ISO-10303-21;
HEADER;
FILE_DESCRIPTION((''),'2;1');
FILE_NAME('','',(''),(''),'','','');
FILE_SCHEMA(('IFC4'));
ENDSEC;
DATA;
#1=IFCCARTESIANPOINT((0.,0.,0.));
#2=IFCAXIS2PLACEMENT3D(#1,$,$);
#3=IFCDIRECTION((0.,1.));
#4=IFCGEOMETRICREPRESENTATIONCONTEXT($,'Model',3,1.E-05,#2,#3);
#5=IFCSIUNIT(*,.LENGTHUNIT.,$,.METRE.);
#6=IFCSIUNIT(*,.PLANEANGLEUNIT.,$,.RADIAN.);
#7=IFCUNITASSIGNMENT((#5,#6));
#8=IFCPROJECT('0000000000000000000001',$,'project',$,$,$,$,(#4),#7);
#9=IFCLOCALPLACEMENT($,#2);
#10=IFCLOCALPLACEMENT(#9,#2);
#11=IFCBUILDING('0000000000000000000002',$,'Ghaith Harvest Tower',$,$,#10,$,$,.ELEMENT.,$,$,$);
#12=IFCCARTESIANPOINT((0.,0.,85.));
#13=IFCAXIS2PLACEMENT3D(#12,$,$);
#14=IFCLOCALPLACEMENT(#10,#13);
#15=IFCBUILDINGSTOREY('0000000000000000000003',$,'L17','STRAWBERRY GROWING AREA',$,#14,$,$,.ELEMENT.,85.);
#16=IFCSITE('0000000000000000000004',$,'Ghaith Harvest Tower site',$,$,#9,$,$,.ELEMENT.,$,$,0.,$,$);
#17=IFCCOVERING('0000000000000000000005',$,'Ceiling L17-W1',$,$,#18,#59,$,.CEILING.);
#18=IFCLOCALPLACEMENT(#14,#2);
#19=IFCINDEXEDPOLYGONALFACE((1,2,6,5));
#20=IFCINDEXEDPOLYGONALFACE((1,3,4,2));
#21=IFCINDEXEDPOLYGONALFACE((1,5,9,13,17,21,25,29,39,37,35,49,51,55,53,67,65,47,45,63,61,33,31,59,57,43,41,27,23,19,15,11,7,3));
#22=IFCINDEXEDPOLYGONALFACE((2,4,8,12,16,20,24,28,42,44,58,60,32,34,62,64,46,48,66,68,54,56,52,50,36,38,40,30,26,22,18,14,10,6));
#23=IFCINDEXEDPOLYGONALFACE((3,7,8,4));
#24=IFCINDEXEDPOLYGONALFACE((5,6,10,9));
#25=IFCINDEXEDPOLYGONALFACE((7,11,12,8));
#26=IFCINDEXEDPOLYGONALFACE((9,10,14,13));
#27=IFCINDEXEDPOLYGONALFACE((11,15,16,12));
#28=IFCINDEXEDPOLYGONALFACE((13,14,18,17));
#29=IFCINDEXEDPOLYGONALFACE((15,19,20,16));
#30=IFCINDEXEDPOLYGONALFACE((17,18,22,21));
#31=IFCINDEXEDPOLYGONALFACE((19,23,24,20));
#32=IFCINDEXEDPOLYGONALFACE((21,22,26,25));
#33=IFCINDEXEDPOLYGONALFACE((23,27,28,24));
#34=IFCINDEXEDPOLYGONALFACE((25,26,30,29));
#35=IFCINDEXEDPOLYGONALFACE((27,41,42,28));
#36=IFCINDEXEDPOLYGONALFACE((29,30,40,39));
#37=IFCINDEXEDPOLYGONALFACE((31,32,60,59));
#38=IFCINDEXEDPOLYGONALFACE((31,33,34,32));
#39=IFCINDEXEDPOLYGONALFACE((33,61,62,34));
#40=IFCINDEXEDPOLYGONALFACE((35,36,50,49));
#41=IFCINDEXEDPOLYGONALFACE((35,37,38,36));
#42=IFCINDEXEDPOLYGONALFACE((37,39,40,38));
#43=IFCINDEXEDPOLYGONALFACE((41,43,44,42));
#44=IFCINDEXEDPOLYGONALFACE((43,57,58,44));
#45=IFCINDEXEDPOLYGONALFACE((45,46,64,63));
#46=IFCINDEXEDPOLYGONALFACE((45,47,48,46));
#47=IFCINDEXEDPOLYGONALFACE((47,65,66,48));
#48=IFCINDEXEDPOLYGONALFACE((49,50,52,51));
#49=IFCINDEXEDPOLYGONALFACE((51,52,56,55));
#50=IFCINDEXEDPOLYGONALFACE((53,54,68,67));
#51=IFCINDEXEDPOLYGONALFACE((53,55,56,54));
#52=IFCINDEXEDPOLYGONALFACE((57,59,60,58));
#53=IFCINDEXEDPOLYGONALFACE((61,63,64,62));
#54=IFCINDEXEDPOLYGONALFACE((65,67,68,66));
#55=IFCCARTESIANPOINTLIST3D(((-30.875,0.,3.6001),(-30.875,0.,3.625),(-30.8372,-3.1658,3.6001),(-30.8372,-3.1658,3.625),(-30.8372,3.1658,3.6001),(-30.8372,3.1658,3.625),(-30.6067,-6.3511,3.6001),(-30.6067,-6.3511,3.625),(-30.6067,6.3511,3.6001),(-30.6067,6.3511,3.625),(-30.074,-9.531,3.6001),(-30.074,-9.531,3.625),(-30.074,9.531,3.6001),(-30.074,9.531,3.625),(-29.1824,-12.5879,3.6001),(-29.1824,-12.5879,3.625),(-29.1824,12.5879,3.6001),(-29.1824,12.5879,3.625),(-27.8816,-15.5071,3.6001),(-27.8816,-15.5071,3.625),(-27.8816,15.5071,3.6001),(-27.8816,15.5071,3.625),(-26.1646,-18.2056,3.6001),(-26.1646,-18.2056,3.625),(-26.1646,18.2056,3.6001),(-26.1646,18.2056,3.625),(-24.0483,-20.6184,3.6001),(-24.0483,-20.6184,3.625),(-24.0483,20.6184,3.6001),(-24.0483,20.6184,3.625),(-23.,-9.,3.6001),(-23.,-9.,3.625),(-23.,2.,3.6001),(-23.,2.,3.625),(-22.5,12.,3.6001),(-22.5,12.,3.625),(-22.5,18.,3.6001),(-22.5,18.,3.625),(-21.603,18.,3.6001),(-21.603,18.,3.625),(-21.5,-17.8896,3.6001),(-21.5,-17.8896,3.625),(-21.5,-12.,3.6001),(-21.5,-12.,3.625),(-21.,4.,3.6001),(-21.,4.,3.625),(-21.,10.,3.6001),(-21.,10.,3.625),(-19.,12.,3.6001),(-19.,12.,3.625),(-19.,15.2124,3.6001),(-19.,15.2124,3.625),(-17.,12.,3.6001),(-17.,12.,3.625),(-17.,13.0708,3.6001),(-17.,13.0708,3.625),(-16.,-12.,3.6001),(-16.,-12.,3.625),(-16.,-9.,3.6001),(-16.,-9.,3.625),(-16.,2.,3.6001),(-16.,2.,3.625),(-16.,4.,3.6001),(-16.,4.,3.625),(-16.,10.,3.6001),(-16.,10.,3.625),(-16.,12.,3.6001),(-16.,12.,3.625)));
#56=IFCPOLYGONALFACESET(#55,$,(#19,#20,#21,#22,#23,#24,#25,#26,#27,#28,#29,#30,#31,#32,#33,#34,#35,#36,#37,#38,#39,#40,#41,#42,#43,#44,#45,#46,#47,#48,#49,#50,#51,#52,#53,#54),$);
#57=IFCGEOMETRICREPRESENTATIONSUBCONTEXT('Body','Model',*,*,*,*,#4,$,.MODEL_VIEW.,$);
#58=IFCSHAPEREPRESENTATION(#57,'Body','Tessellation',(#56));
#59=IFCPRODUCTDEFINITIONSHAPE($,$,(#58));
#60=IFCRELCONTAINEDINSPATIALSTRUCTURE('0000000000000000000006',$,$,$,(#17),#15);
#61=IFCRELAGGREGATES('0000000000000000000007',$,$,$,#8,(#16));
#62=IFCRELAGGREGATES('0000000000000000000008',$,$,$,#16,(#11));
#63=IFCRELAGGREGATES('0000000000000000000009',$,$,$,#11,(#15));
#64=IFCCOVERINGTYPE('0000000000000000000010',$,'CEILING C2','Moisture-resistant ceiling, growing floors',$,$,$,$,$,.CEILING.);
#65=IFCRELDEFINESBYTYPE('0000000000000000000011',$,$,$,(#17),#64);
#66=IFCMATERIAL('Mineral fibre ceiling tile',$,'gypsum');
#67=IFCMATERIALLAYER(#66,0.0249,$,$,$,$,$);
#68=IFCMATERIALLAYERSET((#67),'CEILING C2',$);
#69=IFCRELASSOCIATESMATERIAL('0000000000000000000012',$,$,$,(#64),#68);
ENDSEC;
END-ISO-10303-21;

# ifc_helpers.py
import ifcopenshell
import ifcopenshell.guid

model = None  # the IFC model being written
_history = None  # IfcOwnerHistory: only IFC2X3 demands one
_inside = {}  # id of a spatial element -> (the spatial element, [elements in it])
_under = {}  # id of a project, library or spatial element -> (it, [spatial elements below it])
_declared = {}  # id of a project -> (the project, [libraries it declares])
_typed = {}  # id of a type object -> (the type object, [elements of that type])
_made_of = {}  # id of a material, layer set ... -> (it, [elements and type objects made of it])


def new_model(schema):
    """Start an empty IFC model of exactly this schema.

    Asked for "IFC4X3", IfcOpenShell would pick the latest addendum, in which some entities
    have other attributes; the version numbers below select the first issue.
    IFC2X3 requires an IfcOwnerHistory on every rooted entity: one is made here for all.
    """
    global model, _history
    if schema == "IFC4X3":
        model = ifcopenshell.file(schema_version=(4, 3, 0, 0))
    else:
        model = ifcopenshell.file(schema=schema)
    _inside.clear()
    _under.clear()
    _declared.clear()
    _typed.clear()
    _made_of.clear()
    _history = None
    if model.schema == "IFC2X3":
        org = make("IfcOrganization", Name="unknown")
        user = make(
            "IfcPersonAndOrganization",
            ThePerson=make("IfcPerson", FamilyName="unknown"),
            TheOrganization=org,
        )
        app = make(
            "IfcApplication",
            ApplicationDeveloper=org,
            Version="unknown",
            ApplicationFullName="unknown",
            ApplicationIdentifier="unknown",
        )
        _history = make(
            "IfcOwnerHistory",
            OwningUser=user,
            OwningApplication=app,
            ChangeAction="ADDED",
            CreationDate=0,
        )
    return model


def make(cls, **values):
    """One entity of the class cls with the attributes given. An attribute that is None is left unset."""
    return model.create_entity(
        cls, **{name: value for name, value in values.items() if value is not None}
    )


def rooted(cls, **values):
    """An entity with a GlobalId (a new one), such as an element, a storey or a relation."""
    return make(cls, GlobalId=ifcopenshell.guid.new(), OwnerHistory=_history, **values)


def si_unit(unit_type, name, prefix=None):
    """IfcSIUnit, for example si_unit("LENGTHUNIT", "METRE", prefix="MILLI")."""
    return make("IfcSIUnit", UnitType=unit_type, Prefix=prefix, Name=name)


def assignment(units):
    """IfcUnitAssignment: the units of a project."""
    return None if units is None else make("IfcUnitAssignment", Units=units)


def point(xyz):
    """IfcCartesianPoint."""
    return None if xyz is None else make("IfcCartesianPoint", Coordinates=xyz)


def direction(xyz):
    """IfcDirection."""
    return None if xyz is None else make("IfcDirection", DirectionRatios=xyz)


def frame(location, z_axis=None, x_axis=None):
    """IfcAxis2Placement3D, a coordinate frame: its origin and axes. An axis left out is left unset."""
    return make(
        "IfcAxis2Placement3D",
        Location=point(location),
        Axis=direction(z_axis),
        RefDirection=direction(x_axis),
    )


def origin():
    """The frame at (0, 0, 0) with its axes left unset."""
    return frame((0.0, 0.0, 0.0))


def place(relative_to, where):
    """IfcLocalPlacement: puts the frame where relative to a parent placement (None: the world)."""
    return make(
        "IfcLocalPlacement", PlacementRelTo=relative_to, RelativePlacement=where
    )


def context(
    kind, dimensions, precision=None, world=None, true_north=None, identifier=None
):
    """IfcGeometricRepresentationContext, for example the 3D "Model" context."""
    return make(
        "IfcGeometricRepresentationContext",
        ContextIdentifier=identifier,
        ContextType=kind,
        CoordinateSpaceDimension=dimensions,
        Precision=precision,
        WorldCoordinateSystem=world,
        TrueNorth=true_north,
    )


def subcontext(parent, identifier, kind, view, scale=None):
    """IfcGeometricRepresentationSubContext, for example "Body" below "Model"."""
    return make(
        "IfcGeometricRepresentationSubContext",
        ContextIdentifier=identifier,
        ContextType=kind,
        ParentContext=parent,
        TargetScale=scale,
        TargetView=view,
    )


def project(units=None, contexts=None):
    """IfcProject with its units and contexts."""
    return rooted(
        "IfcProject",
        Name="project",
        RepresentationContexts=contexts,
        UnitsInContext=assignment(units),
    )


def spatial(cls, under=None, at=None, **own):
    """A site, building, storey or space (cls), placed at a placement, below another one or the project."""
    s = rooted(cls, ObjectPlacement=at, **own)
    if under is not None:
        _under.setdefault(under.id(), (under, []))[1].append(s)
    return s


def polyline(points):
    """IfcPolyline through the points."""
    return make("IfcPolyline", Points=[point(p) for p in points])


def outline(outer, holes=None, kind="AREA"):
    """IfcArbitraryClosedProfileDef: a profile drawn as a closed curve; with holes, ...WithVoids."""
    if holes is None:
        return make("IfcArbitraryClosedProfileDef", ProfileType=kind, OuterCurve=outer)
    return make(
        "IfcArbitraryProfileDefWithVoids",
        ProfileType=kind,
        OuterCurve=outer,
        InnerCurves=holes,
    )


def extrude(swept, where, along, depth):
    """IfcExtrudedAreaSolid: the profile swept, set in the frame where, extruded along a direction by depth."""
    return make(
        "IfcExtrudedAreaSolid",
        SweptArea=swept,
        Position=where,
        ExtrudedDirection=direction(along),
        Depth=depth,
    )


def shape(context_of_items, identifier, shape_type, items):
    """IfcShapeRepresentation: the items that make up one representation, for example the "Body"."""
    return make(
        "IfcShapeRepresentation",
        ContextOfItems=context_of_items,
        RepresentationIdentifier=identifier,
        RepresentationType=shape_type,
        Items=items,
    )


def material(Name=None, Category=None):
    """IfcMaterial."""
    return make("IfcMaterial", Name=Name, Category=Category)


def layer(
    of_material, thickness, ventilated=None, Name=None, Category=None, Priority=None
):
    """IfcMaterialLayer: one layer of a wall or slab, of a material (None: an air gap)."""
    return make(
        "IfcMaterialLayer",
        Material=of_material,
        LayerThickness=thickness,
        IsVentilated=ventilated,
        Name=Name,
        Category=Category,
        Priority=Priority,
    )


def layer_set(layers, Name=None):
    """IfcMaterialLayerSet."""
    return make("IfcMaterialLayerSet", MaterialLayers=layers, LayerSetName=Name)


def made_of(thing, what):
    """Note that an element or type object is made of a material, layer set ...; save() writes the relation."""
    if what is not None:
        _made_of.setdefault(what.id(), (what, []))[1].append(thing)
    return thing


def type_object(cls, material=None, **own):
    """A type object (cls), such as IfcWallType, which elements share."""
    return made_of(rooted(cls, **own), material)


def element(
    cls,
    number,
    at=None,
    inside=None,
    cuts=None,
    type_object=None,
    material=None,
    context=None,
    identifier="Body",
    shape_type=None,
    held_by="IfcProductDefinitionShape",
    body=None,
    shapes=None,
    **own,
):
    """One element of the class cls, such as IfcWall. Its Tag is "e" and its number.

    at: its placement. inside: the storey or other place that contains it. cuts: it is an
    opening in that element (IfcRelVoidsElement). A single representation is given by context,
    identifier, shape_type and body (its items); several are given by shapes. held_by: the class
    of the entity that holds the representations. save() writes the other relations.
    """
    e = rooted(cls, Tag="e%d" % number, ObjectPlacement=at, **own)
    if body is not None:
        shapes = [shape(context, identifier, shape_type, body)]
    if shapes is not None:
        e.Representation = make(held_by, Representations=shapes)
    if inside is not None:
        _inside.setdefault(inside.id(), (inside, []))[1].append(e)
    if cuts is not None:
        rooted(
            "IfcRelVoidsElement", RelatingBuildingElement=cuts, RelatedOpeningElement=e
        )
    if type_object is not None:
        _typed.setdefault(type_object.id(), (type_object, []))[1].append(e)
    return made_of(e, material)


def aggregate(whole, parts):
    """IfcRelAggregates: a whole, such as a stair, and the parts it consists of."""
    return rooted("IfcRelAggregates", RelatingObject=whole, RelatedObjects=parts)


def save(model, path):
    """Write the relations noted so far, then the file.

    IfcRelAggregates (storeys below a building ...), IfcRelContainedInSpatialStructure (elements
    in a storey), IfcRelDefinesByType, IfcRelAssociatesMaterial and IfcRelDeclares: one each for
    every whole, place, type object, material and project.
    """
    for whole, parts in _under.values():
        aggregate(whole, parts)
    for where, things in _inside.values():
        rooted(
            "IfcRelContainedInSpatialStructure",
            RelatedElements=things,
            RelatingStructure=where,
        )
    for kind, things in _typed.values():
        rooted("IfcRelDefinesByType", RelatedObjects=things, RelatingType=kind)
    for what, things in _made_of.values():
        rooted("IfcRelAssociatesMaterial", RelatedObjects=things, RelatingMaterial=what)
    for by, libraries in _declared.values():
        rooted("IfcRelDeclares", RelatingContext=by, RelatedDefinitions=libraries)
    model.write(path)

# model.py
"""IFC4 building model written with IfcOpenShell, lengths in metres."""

from ifc_helpers import new_model, si_unit, direction, frame, origin, place, context, subcontext, project, spatial, polyline, outline, extrude, material, layer, layer_set, type_object, element, save


model = new_model("IFC4")

# Units and contexts
model_context = context("Model", 3, precision=1e-05, world=origin(), true_north=direction((0.0, 1.0)))
body_context = subcontext(model_context, "Body", "Model", "MODEL_VIEW")
ifc_project = project(units=[si_unit("LENGTHUNIT", "METRE"), si_unit("PLANEANGLEUNIT", "RADIAN")], contexts=[model_context])

# Site, building, storey
site_placement = place(None, origin())
site = spatial("IfcSite", under=ifc_project, at=site_placement, Name="Ghaith Harvest Tower site", CompositionType="ELEMENT", RefElevation=0.0)
building_placement = place(site_placement, origin())
building = spatial("IfcBuilding", under=site, at=building_placement, Name="Ghaith Harvest Tower", CompositionType="ELEMENT")
storey_placement = place(building_placement, frame((0.0, 0.0, 85.0)))
storey = spatial("IfcBuildingStorey", under=building, at=storey_placement, Name="L17", Description="STRAWBERRY GROWING AREA", CompositionType="ELEMENT", Elevation=85.0)

# Covering
ifc_material_1 = material(Name="Mineral fibre ceiling tile", Category="gypsum")
ifc_layer_1 = layer(ifc_material_1, 0.0249)
ifc_layer_set_1 = layer_set([ifc_layer_1], Name="CEILING C2")
covering_type = type_object("IfcCoveringType", Name="CEILING C2", Description="Moisture-resistant ceiling, growing floors", PredefinedType="CEILING", material=ifc_layer_set_1)
covering_1_placement = place(storey_placement, frame((0.0, 0.0, 3.6001)))
element("IfcCovering", 1, at=covering_1_placement, inside=storey, type_object=covering_type, Name="Ceiling L17-W1", PredefinedType="CEILING", context=body_context, shape_type="SweptSolid", body=[
    extrude(outline(polyline([(-26.1646, -18.2056), (-27.8816, -15.5071), (-29.1824, -12.5879), (-30.074, -9.531), (-30.6067, -6.3511), (-30.8372, -3.1658), (-30.875, 0.0), (-30.8372, 3.1658), (-30.6067, 6.3511), (-30.074, 9.531), (-29.1824, 12.5879), (-27.8816, 15.5071), (-26.1646, 18.2056), (-24.0483, 20.6184), (-21.603, 18.0), (-22.5, 18.0), (-22.5, 12.0), (-19.0, 12.0), (-19.0, 15.2124), (-17.0, 13.0708), (-17.0, 12.0), (-16.0, 12.0), (-16.0, 10.0), (-21.0, 10.0), (-21.0, 4.0), (-16.0, 4.0), (-16.0, 2.0), (-23.0, 2.0), (-23.0, -9.0), (-16.0, -9.0), (-16.0, -12.0), (-21.5, -12.0), (-21.5, -17.8896), (-24.0483, -20.6184), (-26.1646, -18.2056)])), origin(), (0.0, 0.0, 1.0), 0.0249),
])

save(model, "model.ifc")
